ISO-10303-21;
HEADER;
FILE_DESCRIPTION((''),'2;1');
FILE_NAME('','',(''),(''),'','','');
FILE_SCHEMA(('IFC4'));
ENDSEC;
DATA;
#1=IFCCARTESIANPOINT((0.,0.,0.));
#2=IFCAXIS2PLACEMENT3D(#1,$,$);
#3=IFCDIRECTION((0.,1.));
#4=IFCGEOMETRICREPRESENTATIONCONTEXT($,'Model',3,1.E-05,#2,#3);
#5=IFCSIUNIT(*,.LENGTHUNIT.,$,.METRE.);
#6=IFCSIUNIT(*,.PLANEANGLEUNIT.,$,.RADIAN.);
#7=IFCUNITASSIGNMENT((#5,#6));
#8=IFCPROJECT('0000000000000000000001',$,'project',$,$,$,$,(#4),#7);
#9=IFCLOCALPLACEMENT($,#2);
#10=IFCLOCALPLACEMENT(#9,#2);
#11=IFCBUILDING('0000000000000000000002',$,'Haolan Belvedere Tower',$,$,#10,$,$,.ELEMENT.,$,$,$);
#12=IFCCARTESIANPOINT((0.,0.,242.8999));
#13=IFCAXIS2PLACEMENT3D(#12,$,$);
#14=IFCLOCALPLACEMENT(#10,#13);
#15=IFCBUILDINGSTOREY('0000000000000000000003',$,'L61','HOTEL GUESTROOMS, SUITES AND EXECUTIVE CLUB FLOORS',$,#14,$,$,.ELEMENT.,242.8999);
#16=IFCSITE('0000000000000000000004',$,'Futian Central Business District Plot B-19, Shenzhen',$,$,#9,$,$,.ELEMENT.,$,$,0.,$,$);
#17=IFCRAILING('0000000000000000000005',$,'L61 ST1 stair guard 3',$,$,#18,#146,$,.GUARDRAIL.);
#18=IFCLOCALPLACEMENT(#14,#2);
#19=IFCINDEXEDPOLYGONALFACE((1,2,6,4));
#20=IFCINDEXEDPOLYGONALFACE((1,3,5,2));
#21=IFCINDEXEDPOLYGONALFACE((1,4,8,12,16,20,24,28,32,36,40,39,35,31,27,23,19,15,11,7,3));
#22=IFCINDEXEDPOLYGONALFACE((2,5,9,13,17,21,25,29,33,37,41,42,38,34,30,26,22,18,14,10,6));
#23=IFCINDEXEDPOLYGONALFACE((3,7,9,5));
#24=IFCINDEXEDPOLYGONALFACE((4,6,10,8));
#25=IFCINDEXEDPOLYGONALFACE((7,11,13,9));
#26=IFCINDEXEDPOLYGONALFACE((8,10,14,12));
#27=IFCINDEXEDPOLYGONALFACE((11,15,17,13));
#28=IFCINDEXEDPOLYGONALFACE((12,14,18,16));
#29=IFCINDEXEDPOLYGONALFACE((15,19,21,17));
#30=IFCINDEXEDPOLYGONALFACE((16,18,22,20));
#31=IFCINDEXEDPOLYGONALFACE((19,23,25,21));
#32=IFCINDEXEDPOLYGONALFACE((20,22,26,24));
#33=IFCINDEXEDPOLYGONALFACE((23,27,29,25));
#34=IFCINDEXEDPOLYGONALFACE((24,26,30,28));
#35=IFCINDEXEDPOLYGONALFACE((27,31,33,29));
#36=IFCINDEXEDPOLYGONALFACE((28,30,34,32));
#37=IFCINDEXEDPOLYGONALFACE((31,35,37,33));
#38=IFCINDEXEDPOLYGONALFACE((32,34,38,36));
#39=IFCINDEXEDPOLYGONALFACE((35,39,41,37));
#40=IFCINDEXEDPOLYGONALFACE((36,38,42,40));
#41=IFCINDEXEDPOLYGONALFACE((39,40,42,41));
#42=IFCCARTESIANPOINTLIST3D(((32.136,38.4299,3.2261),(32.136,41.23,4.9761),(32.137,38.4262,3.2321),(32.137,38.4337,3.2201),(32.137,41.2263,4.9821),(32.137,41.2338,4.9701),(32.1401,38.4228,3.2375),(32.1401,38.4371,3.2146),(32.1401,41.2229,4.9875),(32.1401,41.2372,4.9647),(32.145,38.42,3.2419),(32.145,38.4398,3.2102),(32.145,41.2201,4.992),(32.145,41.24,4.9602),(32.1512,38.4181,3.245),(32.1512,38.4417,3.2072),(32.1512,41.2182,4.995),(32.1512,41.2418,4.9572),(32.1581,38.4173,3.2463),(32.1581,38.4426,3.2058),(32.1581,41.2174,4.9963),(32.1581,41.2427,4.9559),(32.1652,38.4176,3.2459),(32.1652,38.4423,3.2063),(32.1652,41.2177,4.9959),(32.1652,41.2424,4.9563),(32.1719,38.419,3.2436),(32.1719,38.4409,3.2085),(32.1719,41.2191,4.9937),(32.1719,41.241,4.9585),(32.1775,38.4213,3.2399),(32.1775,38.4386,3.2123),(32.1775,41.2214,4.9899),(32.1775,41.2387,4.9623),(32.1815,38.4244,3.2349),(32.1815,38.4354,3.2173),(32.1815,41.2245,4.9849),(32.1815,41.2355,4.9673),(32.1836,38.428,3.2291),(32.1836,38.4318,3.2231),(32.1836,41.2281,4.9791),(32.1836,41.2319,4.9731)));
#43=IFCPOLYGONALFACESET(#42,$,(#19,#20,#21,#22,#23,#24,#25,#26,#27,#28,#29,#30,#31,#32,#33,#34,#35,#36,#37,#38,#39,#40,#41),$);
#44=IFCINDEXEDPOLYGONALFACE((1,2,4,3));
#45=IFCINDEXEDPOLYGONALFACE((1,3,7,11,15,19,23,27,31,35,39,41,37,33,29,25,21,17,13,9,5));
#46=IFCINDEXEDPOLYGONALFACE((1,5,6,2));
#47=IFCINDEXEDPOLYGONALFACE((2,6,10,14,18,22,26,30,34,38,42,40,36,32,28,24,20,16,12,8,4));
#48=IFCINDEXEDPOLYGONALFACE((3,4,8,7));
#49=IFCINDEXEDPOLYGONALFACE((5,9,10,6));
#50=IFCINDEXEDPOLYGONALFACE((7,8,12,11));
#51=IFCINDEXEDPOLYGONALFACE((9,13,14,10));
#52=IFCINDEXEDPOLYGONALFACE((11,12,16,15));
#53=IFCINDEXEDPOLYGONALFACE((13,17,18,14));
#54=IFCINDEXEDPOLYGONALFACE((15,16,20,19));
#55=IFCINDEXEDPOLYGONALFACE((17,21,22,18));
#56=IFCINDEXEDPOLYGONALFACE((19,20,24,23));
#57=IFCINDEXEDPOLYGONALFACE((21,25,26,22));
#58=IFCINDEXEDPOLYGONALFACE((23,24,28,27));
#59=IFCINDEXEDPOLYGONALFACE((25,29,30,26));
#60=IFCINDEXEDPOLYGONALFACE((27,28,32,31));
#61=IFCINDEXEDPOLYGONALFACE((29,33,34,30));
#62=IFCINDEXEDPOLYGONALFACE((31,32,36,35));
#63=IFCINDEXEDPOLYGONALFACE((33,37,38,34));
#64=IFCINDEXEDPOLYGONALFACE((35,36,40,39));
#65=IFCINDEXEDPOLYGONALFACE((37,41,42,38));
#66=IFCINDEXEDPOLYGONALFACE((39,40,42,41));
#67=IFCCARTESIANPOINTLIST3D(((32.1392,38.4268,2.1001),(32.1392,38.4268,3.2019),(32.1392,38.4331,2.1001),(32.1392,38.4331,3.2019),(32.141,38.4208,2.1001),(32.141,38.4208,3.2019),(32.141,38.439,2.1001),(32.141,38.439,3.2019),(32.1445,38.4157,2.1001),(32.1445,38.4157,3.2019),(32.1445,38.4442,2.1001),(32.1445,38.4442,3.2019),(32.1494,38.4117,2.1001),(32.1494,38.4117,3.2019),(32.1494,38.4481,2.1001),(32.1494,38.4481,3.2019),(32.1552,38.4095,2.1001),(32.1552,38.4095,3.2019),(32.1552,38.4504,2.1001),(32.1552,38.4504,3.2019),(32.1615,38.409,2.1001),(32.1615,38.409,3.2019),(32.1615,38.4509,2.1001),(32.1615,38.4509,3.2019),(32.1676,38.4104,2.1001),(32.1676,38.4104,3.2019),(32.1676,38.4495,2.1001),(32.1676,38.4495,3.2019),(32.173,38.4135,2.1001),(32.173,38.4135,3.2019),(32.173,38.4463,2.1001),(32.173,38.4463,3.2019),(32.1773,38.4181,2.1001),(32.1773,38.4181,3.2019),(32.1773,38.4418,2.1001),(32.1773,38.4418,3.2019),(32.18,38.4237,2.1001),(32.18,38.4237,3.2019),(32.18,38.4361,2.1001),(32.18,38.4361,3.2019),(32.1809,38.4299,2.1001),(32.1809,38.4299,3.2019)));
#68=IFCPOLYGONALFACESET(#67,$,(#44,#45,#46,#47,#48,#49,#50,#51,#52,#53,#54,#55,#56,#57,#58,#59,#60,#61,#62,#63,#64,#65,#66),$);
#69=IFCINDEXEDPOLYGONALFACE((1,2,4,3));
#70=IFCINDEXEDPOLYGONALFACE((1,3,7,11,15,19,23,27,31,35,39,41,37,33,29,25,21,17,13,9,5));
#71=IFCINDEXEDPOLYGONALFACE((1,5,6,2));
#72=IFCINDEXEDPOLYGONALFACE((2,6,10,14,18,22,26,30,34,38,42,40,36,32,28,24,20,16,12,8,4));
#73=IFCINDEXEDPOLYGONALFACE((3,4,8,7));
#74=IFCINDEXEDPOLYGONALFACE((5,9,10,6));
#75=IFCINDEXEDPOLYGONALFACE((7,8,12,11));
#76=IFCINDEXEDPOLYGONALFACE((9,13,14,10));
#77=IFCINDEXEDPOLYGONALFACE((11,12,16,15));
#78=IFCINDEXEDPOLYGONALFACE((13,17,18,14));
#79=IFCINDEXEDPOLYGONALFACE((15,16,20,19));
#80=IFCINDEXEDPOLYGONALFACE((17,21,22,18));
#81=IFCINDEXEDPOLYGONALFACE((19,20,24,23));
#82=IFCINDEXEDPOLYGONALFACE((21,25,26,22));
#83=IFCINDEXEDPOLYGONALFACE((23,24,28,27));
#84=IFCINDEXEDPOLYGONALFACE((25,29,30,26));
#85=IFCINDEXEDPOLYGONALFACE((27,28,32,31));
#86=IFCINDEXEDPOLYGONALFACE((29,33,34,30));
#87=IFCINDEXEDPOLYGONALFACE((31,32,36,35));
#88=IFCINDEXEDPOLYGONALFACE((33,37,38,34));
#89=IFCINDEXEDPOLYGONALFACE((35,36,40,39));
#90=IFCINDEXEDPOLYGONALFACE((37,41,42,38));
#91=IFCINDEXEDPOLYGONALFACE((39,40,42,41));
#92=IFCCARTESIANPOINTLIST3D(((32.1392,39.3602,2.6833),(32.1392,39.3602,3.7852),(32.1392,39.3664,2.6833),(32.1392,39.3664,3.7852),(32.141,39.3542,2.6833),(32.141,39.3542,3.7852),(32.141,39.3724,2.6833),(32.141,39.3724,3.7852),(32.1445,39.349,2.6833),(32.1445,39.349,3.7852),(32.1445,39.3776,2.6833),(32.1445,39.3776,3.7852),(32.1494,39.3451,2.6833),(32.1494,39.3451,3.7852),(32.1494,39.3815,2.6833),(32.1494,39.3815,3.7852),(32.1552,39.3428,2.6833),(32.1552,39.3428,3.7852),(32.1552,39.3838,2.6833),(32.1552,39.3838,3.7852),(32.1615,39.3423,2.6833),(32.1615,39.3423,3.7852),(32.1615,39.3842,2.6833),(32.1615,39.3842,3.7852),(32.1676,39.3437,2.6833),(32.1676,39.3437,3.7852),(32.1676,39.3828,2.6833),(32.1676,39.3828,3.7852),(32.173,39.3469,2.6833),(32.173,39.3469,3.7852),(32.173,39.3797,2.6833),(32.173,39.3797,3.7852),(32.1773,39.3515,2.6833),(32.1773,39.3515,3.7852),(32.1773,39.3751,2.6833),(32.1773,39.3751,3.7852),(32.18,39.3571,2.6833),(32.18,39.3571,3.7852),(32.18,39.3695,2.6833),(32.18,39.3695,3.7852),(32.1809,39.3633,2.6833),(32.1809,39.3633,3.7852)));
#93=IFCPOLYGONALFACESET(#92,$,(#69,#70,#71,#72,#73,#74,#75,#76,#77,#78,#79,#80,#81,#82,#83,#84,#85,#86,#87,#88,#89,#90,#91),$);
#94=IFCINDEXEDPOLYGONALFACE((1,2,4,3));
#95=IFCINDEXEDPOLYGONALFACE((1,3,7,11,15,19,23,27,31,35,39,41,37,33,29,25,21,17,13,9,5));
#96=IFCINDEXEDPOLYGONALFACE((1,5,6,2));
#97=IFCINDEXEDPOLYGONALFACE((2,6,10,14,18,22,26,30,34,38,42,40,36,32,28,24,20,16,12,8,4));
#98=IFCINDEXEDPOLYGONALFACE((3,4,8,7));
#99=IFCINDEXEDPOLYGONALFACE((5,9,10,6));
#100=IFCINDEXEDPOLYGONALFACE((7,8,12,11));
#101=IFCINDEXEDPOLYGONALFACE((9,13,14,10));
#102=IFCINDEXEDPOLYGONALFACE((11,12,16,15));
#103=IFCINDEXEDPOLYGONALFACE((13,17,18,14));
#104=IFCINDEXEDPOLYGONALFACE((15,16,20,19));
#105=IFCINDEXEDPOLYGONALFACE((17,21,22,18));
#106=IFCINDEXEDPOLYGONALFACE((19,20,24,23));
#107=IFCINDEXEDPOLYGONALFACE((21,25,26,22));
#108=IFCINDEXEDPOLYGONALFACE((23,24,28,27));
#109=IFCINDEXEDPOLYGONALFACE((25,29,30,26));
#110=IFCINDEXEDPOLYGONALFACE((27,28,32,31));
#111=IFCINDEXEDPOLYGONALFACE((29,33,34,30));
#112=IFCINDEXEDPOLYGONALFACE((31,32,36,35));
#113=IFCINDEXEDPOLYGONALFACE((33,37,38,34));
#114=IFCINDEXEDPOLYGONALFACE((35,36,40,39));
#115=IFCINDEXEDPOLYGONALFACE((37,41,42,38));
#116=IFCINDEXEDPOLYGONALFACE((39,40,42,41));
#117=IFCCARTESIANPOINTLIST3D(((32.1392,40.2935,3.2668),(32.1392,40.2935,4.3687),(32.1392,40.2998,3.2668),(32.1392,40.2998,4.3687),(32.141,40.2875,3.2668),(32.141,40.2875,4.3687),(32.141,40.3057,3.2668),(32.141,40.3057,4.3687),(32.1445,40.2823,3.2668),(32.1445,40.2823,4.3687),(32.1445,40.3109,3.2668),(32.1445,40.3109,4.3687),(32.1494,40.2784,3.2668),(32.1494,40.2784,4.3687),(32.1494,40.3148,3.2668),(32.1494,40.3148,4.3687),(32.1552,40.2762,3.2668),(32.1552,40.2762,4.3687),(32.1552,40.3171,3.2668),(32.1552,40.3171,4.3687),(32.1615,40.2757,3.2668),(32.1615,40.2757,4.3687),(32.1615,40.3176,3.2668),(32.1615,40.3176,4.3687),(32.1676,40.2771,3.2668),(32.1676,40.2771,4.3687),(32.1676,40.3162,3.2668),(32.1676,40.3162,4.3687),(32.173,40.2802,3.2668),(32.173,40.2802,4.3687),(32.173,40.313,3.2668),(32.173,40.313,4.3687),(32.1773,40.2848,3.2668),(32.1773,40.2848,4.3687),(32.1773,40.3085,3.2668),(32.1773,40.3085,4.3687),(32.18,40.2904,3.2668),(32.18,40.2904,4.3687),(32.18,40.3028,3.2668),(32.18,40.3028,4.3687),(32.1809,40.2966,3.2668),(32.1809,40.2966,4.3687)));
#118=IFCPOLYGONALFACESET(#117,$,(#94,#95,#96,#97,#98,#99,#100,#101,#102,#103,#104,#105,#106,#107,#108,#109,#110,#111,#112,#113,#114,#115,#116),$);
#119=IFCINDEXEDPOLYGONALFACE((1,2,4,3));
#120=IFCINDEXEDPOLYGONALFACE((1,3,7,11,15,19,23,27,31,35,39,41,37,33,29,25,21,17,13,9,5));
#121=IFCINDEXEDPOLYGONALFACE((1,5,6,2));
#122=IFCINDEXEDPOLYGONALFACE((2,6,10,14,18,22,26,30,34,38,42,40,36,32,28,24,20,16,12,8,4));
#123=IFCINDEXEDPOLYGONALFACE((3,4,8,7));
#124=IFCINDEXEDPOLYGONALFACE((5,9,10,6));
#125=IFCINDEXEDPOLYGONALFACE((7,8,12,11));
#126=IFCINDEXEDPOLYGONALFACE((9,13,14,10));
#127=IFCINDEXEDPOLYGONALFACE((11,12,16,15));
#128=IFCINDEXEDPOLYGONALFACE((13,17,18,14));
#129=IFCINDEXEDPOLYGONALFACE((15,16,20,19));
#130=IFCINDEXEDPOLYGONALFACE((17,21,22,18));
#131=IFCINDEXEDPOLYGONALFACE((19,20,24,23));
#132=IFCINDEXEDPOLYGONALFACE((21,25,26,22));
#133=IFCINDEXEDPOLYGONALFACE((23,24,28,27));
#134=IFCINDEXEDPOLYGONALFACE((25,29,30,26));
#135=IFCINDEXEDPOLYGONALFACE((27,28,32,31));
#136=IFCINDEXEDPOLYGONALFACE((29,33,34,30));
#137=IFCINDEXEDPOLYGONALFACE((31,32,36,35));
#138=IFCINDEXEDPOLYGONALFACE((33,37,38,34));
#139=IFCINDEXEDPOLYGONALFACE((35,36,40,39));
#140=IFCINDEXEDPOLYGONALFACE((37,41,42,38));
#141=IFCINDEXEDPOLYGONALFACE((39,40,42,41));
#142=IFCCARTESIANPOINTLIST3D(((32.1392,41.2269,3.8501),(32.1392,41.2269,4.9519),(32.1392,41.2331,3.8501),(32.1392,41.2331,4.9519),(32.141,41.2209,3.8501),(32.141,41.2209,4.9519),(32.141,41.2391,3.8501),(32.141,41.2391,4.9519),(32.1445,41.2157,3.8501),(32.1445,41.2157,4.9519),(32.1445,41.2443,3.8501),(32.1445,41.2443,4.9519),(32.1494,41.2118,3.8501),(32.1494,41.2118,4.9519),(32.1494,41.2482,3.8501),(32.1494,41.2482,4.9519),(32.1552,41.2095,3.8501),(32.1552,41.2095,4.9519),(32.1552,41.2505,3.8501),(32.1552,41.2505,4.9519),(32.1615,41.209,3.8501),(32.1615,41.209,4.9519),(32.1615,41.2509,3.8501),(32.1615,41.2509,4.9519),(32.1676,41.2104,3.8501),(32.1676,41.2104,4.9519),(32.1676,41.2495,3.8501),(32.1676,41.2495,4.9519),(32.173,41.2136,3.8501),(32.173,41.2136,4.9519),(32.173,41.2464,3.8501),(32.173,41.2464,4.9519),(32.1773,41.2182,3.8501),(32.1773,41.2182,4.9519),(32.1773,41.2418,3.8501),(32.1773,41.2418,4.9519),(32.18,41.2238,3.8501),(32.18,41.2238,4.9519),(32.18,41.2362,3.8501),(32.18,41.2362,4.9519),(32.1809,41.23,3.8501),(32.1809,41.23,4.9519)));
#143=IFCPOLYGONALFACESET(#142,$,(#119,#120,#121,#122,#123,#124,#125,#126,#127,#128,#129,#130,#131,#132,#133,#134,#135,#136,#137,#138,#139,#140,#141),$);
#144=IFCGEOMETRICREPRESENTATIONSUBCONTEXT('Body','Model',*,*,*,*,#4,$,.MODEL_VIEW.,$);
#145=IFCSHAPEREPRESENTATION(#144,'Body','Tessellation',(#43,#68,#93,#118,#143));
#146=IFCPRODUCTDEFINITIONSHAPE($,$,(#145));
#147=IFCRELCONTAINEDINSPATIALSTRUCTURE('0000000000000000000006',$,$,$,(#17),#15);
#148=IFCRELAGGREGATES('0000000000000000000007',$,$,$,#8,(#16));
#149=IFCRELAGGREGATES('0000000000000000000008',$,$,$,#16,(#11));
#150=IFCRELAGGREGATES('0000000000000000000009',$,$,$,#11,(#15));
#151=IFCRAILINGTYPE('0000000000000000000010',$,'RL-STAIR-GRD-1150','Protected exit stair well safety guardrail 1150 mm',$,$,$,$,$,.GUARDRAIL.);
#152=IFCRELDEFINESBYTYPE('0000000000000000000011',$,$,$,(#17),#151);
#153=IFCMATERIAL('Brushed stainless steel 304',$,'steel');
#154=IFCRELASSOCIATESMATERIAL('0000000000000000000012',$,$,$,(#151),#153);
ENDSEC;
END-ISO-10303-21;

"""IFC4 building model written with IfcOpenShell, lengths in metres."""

from ifc_helpers import new_model, si_unit, direction, frame, origin, origin_2d, place, context, subcontext, project, spatial, circle, extrude, material, type_object, element, save


model = new_model("IFC4")

# Units and contexts
model_context = context("Model", 3, precision=1e-05, world=origin(), true_north=direction((0.0, 1.0)))
body_context = subcontext(model_context, "Body", "Model", "MODEL_VIEW")
ifc_project = project(units=[si_unit("LENGTHUNIT", "METRE"), si_unit("PLANEANGLEUNIT", "RADIAN")], contexts=[model_context])

# Site, building, storey
site_placement = place(None, origin())
site = spatial("IfcSite", under=ifc_project, at=site_placement, Name="Futian Central Business District Plot B-19, Shenzhen", CompositionType="ELEMENT", RefElevation=0.0)
building_placement = place(site_placement, origin())
building = spatial("IfcBuilding", under=site, at=building_placement, Name="Haolan Belvedere Tower", CompositionType="ELEMENT")
storey_placement = place(building_placement, frame((0.0, 0.0, 242.8999)))
storey = spatial("IfcBuildingStorey", under=building, at=storey_placement, Name="L61", Description="HOTEL GUESTROOMS, SUITES AND EXECUTIVE CLUB FLOORS", CompositionType="ELEMENT", Elevation=242.8999)

# Railing
ifc_material_1 = material(Name="Brushed stainless steel 304", Category="steel")
railing_type_1 = type_object("IfcRailingType", Name="RL-STAIR-GRD-1150", Description="Protected exit stair well safety guardrail 1150 mm", PredefinedType="GUARDRAIL", material=ifc_material_1)
railing_1_placement = place(storey_placement, frame((32.1599, 38.4299, 2.1001)))
element("IfcRailing", 1, at=railing_1_placement, inside=storey, type_object=railing_type_1, Name="L61 ST1 stair guard 3", PredefinedType="GUARDRAIL", context=body_context, shape_type="SweptSolid", body=[
    extrude(circle(Radius=0.0239, at=origin_2d()), frame((0.0, 0.0, 1.126), z_axis=(0.0, 0.848002, 0.529992), x_axis=(-1.0, 0.0, 0.0)), (0.0, 0.0, 1.0), 3.302),
    extrude(circle(Radius=0.021, at=origin_2d()), origin(), (0.0, 0.0, 1.0), 1.1018),
    extrude(circle(Radius=0.021, at=origin_2d()), frame((0.0, 0.9333, 0.5833)), (0.0, 0.0, 1.0), 1.1018),
    extrude(circle(Radius=0.021, at=origin_2d()), frame((0.0, 1.8667, 1.1667)), (0.0, 0.0, 1.0), 1.1018),
    extrude(circle(Radius=0.021, at=origin_2d()), frame((0.0, 2.8, 1.75)), (0.0, 0.0, 1.0), 1.1018),
])

save(model, "model.ifc")
